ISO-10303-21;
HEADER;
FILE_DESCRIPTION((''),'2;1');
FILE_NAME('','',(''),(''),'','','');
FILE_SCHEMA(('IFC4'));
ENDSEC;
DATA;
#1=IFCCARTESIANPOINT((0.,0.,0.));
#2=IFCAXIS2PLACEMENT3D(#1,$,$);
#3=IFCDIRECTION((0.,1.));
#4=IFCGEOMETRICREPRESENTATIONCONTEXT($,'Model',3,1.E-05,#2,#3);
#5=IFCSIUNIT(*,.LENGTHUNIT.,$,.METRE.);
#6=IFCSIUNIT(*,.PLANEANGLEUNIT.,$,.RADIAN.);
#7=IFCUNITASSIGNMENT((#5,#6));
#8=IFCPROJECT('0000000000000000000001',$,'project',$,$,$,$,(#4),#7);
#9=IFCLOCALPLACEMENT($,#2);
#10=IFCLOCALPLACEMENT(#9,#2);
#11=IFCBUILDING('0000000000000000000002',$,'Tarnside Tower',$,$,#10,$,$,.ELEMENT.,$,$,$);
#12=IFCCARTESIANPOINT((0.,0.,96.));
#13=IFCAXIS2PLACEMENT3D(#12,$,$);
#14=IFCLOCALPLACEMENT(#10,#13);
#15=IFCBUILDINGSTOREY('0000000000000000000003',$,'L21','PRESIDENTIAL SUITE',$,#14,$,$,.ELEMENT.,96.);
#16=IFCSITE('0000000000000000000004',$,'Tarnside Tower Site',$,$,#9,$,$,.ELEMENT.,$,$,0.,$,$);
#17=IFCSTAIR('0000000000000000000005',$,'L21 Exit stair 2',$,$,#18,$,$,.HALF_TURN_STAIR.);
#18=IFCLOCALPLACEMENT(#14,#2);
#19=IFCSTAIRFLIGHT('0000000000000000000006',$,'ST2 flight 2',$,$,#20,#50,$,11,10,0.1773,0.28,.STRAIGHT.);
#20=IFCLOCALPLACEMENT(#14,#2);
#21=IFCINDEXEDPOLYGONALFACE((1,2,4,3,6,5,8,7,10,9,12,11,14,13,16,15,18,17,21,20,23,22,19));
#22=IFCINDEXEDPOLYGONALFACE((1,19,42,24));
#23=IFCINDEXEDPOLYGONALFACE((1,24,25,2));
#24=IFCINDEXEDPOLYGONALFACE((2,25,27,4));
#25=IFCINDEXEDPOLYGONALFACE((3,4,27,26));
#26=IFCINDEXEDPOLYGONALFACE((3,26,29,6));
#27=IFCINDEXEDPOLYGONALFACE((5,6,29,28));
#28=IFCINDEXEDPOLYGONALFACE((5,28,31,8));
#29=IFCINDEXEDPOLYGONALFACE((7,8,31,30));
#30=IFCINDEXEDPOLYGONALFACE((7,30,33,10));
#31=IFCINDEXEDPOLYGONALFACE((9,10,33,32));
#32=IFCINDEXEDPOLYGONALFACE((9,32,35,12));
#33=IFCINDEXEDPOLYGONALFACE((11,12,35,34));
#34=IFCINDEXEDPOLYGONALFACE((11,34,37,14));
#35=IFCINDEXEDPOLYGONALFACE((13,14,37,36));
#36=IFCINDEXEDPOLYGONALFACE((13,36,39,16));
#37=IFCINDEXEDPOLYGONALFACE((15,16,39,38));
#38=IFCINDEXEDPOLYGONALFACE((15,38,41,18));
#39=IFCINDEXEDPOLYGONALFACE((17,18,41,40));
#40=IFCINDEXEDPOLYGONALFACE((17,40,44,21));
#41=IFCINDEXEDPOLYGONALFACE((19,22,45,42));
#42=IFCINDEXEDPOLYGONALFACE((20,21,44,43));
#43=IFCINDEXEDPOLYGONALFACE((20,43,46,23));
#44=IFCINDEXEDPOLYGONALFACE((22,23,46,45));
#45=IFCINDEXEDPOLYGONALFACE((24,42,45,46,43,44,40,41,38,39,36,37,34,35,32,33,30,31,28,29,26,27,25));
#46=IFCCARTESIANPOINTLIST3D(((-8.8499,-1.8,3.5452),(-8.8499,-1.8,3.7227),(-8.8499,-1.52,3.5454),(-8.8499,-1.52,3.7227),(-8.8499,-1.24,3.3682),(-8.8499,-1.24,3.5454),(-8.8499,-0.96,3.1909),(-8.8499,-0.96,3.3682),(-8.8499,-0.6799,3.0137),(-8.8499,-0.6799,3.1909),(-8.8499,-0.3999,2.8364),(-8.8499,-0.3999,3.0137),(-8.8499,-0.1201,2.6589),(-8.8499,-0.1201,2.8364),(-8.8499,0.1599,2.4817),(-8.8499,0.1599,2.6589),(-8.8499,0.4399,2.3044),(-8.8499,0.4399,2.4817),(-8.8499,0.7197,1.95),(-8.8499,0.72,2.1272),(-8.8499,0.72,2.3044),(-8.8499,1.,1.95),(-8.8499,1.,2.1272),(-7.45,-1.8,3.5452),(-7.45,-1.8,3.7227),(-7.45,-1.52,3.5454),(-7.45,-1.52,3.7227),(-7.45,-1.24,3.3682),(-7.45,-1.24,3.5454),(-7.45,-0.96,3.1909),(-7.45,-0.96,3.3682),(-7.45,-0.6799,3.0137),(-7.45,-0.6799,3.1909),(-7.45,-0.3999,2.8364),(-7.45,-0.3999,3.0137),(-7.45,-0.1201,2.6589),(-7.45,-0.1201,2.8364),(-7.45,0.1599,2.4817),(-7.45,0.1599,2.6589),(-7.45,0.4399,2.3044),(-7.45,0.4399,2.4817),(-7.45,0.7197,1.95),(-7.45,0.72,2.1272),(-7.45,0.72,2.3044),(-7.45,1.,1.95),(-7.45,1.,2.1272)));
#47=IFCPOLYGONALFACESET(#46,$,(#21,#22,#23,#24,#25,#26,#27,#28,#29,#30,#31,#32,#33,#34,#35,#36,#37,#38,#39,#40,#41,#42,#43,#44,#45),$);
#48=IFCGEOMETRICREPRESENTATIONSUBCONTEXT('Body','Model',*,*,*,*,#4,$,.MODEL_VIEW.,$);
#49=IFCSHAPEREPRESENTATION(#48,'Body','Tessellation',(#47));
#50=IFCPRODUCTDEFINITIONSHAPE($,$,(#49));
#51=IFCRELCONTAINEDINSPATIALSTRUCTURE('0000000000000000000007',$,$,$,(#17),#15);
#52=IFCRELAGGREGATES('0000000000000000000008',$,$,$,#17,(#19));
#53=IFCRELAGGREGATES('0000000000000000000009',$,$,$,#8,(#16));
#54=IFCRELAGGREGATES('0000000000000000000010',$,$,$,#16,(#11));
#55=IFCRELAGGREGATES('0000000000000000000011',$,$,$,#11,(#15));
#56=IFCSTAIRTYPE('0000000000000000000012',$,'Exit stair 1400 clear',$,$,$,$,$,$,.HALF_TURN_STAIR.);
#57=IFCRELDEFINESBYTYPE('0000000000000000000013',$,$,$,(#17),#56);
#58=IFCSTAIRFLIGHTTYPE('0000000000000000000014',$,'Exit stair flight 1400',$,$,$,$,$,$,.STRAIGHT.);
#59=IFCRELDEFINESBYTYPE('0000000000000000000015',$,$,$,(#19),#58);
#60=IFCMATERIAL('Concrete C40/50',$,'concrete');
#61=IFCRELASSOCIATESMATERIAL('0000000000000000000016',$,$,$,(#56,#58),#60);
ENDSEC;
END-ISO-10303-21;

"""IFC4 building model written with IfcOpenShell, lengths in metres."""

from ifc_helpers import new_model, si_unit, direction, frame, origin, place, context, subcontext, project, spatial, polyline, outline, extrude, material, type_object, element, aggregate, save


model = new_model("IFC4")

# Units and contexts
model_context = context("Model", 3, precision=1e-05, world=origin(), true_north=direction((0.0, 1.0)))
body_context = subcontext(model_context, "Body", "Model", "MODEL_VIEW")
ifc_project = project(units=[si_unit("LENGTHUNIT", "METRE"), si_unit("PLANEANGLEUNIT", "RADIAN")], contexts=[model_context])

# Site, building, storey
site_placement = place(None, origin())
site = spatial("IfcSite", under=ifc_project, at=site_placement, Name="Tarnside Tower Site", CompositionType="ELEMENT", RefElevation=0.0)
building_placement = place(site_placement, origin())
building = spatial("IfcBuilding", under=site, at=building_placement, Name="Tarnside Tower", CompositionType="ELEMENT")
storey_placement = place(building_placement, frame((0.0, 0.0, 96.0)))
storey = spatial("IfcBuildingStorey", under=building, at=storey_placement, Name="L21", Description="PRESIDENTIAL SUITE", CompositionType="ELEMENT", Elevation=96.0)

# Shared definitions
ifc_material_1 = material(Name="Concrete C40/50", Category="concrete")

# Stair, stair flight
stair_type = type_object("IfcStairType", Name="Exit stair 1400 clear", PredefinedType="HALF_TURN_STAIR", material=ifc_material_1)
stair_placement = place(storey_placement, origin())
stair = element("IfcStair", 1, at=stair_placement, inside=storey, type_object=stair_type, Name="L21 Exit stair 2", PredefinedType="HALF_TURN_STAIR")
stair_flight_type = type_object("IfcStairFlightType", Name="Exit stair flight 1400", PredefinedType="STRAIGHT", material=ifc_material_1)
stair_flight_placement = place(storey_placement, frame((-8.1499, 1.0, 1.95), z_axis=(0.0, 0.0, 1.0), x_axis=(0.0, -1.0, 0.0)))
stair_flight = element("IfcStairFlight", 2, at=stair_flight_placement, type_object=stair_flight_type, Name="ST2 flight 2", NumberOfRisers=11, NumberOfTreads=10, PredefinedType="STRAIGHT", RiserHeight=0.1773, TreadLength=0.28, context=body_context, shape_type="SweptSolid", body=[
    extrude(outline(polyline([(0.0, 0.0), (0.0, 0.1772), (0.28, 0.1772), (0.28, 0.3545), (0.5601, 0.3545), (0.5601, 0.5317), (0.8401, 0.5317), (0.8401, 0.709), (1.1201, 0.709), (1.1201, 0.8865), (1.3999, 0.8865), (1.3999, 1.0637), (1.6799, 1.0637), (1.6799, 1.241), (1.96, 1.241), (1.96, 1.4182), (2.24, 1.4182), (2.24, 1.5955), (2.52, 1.5955), (2.52, 1.7727), (2.8, 1.7727), (2.8, 1.95), (2.8, 1.5952), (0.2803, 0.0), (0.0, 0.0)])), frame((0.0, 0.7, 0.0), z_axis=(0.0, -1.0, 0.0), x_axis=(1.0, 0.0, 0.0)), (0.0, 0.0, 1.0), 1.3999),
])
aggregate(stair, [stair_flight])

save(model, "model.ifc")
